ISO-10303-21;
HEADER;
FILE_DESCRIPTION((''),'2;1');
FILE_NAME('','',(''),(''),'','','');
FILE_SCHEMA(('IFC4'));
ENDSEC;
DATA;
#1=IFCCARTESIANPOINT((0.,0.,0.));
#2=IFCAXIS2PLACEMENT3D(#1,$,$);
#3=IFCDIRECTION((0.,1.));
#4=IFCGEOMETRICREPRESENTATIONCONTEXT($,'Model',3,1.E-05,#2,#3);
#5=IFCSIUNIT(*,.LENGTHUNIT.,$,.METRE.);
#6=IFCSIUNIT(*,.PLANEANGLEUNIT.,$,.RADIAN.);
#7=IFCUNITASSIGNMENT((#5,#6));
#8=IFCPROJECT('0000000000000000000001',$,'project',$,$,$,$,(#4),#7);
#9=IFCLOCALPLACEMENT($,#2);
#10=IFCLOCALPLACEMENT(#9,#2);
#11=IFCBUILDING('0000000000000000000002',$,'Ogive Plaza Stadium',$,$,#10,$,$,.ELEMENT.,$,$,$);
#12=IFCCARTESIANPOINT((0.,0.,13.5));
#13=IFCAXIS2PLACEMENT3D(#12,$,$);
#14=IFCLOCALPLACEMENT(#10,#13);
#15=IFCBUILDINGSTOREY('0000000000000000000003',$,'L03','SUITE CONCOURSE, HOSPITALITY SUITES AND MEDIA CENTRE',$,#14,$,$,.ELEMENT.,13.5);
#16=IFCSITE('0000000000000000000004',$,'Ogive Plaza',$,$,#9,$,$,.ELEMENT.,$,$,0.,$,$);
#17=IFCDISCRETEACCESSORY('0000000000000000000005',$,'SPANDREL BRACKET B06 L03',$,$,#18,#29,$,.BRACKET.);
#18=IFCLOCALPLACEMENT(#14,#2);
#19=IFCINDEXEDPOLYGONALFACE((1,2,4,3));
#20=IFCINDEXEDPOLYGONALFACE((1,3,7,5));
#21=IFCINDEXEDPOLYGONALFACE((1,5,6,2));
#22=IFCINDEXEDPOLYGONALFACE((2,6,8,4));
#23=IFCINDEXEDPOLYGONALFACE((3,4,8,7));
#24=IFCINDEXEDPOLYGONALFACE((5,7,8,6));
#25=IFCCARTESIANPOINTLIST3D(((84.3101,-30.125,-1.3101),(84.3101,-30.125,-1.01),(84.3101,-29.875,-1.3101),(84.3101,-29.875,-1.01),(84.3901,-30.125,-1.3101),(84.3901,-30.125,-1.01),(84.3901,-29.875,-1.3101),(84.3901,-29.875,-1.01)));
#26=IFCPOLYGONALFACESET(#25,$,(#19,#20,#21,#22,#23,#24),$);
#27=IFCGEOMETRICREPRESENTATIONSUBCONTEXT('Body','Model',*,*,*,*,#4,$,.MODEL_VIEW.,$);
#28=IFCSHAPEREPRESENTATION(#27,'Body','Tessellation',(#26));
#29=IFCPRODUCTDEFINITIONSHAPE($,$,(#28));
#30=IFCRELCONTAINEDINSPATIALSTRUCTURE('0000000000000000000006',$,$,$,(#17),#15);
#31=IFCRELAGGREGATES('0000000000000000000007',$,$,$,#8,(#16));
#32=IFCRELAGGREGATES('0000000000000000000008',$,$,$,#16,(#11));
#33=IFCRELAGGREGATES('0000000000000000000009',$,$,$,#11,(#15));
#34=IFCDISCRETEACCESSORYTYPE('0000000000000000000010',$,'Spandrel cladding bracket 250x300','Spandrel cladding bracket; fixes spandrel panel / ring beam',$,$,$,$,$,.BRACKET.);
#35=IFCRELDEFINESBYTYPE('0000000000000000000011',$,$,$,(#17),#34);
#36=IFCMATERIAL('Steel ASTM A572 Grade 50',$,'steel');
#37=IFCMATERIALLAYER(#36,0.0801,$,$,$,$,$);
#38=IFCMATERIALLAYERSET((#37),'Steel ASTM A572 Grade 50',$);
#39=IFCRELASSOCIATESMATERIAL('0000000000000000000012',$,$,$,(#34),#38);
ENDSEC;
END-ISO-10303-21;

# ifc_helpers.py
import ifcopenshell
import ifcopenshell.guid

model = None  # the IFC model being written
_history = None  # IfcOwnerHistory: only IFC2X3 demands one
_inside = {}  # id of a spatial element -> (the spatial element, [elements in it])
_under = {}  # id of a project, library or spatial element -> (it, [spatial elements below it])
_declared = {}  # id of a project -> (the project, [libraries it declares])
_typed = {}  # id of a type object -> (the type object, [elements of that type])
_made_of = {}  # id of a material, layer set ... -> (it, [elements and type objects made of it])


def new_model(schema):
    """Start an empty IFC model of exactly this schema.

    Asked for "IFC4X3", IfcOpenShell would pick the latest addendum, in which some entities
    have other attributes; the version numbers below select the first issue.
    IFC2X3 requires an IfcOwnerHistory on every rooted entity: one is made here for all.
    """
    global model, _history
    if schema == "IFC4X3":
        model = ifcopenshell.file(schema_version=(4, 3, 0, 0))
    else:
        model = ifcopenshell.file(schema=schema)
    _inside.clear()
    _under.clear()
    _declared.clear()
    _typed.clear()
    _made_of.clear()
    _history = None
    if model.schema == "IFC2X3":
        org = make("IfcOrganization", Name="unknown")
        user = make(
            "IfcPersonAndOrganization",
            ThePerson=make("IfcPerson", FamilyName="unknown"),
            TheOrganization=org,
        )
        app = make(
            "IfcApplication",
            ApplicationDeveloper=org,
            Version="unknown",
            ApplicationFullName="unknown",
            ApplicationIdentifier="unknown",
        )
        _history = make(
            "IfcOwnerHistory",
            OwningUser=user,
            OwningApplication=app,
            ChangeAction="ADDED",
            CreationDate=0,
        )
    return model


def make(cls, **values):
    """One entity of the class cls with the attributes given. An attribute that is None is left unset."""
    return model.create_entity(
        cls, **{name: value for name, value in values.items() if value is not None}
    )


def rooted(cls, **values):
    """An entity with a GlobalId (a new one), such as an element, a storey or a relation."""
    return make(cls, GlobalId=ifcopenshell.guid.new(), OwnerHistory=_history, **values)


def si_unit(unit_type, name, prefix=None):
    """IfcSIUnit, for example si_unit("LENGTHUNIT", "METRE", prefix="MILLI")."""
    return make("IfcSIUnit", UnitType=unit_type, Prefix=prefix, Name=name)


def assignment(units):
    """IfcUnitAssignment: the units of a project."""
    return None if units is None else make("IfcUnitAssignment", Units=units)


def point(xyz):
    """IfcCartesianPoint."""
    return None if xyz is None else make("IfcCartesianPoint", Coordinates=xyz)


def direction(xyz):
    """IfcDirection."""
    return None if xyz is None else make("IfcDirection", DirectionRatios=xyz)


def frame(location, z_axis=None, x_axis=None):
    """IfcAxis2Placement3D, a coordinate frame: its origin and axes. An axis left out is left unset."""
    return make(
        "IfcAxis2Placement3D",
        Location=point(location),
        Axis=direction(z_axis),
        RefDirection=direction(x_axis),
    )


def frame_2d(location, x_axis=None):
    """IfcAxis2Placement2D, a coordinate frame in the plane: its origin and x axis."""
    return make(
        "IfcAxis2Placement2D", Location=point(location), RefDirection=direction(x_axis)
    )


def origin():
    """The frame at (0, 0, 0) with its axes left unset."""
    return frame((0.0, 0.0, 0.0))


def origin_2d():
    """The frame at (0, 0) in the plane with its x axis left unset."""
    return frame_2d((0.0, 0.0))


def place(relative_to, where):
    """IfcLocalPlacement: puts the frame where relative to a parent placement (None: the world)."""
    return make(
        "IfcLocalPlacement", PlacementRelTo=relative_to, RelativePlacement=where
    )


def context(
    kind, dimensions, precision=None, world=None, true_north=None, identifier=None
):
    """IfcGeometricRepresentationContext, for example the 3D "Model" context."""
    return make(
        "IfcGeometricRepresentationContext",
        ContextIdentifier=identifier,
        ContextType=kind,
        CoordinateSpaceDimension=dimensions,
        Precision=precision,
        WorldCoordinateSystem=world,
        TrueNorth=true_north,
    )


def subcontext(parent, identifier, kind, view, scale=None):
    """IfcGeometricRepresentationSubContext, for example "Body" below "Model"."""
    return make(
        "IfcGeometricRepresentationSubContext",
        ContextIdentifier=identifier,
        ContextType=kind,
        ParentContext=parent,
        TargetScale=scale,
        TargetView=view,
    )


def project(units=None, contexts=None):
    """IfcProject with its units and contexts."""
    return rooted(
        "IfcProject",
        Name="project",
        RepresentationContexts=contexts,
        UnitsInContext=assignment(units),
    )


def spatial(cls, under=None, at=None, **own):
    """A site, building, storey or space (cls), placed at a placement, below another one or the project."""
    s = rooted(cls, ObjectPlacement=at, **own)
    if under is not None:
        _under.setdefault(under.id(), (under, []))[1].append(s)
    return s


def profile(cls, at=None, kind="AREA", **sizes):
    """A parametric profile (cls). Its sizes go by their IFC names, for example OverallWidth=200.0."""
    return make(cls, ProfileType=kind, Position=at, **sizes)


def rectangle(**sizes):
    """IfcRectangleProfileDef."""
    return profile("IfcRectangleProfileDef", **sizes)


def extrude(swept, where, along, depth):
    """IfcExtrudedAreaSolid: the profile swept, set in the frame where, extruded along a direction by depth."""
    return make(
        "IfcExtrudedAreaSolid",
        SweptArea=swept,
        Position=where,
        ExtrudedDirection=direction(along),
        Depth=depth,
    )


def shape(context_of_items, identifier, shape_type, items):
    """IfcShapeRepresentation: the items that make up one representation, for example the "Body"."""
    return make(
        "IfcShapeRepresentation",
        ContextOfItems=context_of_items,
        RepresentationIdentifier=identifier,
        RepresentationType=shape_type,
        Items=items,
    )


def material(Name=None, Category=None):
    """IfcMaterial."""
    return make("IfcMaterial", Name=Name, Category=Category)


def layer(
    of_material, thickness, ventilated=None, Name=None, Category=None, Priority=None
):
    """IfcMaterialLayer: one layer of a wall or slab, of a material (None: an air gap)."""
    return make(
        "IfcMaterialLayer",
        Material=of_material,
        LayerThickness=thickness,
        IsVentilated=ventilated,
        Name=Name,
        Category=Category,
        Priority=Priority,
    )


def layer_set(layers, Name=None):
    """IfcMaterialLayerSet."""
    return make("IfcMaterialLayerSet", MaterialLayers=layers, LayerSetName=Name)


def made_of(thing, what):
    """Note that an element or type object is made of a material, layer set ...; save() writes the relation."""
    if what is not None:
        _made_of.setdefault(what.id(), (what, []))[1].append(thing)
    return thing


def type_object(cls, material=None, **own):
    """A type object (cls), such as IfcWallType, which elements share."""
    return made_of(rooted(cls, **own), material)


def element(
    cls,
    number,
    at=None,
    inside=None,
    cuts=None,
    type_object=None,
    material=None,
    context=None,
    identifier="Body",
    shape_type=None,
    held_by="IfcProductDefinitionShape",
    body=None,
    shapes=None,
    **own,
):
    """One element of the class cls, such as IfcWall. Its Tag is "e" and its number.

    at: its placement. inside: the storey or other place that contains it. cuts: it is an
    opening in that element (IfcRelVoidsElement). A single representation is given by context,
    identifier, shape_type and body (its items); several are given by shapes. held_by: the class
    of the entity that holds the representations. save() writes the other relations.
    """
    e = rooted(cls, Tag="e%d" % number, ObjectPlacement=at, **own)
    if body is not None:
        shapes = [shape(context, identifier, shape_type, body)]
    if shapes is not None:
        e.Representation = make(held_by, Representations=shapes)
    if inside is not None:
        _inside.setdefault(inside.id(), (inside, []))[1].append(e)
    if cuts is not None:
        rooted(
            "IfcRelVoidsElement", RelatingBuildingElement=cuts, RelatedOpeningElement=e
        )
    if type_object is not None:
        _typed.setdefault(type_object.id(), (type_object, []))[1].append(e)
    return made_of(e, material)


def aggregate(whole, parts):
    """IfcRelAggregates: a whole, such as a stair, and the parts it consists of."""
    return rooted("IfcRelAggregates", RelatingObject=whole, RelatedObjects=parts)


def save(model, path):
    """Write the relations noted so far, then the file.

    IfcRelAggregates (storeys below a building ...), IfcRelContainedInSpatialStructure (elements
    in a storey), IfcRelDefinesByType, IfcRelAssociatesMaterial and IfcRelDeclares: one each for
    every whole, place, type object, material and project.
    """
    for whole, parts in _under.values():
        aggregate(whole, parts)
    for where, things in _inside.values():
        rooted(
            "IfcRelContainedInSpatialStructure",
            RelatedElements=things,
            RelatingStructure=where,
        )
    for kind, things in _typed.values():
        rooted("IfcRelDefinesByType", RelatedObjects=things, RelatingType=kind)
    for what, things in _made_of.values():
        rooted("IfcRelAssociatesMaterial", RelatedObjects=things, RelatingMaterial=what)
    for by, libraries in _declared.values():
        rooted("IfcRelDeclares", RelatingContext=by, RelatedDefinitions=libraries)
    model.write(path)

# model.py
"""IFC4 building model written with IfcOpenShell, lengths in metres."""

from ifc_helpers import new_model, si_unit, direction, frame, origin, origin_2d, place, context, subcontext, project, spatial, rectangle, extrude, material, layer, layer_set, type_object, element, save


model = new_model("IFC4")

# Units and contexts
model_context = context("Model", 3, precision=1e-05, world=origin(), true_north=direction((0.0, 1.0)))
body_context = subcontext(model_context, "Body", "Model", "MODEL_VIEW")
ifc_project = project(units=[si_unit("LENGTHUNIT", "METRE"), si_unit("PLANEANGLEUNIT", "RADIAN")], contexts=[model_context])

# Site, building, storey
site_placement = place(None, origin())
site = spatial("IfcSite", under=ifc_project, at=site_placement, Name="Ogive Plaza", CompositionType="ELEMENT", RefElevation=0.0)
building_placement = place(site_placement, origin())
building = spatial("IfcBuilding", under=site, at=building_placement, Name="Ogive Plaza Stadium", CompositionType="ELEMENT")
storey_placement = place(building_placement, frame((0.0, 0.0, 13.5)))
storey = spatial("IfcBuildingStorey", under=building, at=storey_placement, Name="L03", Description="SUITE CONCOURSE, HOSPITALITY SUITES AND MEDIA CENTRE", CompositionType="ELEMENT", Elevation=13.5)

# Discrete accessory
ifc_material_1 = material(Name="Steel ASTM A572 Grade 50", Category="steel")
ifc_layer_1 = layer(ifc_material_1, 0.0801)
ifc_layer_set_1 = layer_set([ifc_layer_1], Name="Steel ASTM A572 Grade 50")
discrete_accessory_type = type_object("IfcDiscreteAccessoryType", Name="Spandrel cladding bracket 250x300", Description="Spandrel cladding bracket; fixes spandrel panel / ring beam", PredefinedType="BRACKET", material=ifc_layer_set_1)
discrete_accessory_placement = place(storey_placement, frame((84.3501, -30.0, -1.3101), z_axis=(0.0, 0.0, 1.0), x_axis=(0.0, -1.0, 0.0)))
element("IfcDiscreteAccessory", 1, at=discrete_accessory_placement, inside=storey, type_object=discrete_accessory_type, Name="SPANDREL BRACKET B06 L03", PredefinedType="BRACKET", context=body_context, shape_type="SweptSolid", body=[
    extrude(rectangle(XDim=0.25, YDim=0.0801, at=origin_2d()), origin(), (0.0, 0.0, 1.0), 0.3),
])

save(model, "model.ifc")
